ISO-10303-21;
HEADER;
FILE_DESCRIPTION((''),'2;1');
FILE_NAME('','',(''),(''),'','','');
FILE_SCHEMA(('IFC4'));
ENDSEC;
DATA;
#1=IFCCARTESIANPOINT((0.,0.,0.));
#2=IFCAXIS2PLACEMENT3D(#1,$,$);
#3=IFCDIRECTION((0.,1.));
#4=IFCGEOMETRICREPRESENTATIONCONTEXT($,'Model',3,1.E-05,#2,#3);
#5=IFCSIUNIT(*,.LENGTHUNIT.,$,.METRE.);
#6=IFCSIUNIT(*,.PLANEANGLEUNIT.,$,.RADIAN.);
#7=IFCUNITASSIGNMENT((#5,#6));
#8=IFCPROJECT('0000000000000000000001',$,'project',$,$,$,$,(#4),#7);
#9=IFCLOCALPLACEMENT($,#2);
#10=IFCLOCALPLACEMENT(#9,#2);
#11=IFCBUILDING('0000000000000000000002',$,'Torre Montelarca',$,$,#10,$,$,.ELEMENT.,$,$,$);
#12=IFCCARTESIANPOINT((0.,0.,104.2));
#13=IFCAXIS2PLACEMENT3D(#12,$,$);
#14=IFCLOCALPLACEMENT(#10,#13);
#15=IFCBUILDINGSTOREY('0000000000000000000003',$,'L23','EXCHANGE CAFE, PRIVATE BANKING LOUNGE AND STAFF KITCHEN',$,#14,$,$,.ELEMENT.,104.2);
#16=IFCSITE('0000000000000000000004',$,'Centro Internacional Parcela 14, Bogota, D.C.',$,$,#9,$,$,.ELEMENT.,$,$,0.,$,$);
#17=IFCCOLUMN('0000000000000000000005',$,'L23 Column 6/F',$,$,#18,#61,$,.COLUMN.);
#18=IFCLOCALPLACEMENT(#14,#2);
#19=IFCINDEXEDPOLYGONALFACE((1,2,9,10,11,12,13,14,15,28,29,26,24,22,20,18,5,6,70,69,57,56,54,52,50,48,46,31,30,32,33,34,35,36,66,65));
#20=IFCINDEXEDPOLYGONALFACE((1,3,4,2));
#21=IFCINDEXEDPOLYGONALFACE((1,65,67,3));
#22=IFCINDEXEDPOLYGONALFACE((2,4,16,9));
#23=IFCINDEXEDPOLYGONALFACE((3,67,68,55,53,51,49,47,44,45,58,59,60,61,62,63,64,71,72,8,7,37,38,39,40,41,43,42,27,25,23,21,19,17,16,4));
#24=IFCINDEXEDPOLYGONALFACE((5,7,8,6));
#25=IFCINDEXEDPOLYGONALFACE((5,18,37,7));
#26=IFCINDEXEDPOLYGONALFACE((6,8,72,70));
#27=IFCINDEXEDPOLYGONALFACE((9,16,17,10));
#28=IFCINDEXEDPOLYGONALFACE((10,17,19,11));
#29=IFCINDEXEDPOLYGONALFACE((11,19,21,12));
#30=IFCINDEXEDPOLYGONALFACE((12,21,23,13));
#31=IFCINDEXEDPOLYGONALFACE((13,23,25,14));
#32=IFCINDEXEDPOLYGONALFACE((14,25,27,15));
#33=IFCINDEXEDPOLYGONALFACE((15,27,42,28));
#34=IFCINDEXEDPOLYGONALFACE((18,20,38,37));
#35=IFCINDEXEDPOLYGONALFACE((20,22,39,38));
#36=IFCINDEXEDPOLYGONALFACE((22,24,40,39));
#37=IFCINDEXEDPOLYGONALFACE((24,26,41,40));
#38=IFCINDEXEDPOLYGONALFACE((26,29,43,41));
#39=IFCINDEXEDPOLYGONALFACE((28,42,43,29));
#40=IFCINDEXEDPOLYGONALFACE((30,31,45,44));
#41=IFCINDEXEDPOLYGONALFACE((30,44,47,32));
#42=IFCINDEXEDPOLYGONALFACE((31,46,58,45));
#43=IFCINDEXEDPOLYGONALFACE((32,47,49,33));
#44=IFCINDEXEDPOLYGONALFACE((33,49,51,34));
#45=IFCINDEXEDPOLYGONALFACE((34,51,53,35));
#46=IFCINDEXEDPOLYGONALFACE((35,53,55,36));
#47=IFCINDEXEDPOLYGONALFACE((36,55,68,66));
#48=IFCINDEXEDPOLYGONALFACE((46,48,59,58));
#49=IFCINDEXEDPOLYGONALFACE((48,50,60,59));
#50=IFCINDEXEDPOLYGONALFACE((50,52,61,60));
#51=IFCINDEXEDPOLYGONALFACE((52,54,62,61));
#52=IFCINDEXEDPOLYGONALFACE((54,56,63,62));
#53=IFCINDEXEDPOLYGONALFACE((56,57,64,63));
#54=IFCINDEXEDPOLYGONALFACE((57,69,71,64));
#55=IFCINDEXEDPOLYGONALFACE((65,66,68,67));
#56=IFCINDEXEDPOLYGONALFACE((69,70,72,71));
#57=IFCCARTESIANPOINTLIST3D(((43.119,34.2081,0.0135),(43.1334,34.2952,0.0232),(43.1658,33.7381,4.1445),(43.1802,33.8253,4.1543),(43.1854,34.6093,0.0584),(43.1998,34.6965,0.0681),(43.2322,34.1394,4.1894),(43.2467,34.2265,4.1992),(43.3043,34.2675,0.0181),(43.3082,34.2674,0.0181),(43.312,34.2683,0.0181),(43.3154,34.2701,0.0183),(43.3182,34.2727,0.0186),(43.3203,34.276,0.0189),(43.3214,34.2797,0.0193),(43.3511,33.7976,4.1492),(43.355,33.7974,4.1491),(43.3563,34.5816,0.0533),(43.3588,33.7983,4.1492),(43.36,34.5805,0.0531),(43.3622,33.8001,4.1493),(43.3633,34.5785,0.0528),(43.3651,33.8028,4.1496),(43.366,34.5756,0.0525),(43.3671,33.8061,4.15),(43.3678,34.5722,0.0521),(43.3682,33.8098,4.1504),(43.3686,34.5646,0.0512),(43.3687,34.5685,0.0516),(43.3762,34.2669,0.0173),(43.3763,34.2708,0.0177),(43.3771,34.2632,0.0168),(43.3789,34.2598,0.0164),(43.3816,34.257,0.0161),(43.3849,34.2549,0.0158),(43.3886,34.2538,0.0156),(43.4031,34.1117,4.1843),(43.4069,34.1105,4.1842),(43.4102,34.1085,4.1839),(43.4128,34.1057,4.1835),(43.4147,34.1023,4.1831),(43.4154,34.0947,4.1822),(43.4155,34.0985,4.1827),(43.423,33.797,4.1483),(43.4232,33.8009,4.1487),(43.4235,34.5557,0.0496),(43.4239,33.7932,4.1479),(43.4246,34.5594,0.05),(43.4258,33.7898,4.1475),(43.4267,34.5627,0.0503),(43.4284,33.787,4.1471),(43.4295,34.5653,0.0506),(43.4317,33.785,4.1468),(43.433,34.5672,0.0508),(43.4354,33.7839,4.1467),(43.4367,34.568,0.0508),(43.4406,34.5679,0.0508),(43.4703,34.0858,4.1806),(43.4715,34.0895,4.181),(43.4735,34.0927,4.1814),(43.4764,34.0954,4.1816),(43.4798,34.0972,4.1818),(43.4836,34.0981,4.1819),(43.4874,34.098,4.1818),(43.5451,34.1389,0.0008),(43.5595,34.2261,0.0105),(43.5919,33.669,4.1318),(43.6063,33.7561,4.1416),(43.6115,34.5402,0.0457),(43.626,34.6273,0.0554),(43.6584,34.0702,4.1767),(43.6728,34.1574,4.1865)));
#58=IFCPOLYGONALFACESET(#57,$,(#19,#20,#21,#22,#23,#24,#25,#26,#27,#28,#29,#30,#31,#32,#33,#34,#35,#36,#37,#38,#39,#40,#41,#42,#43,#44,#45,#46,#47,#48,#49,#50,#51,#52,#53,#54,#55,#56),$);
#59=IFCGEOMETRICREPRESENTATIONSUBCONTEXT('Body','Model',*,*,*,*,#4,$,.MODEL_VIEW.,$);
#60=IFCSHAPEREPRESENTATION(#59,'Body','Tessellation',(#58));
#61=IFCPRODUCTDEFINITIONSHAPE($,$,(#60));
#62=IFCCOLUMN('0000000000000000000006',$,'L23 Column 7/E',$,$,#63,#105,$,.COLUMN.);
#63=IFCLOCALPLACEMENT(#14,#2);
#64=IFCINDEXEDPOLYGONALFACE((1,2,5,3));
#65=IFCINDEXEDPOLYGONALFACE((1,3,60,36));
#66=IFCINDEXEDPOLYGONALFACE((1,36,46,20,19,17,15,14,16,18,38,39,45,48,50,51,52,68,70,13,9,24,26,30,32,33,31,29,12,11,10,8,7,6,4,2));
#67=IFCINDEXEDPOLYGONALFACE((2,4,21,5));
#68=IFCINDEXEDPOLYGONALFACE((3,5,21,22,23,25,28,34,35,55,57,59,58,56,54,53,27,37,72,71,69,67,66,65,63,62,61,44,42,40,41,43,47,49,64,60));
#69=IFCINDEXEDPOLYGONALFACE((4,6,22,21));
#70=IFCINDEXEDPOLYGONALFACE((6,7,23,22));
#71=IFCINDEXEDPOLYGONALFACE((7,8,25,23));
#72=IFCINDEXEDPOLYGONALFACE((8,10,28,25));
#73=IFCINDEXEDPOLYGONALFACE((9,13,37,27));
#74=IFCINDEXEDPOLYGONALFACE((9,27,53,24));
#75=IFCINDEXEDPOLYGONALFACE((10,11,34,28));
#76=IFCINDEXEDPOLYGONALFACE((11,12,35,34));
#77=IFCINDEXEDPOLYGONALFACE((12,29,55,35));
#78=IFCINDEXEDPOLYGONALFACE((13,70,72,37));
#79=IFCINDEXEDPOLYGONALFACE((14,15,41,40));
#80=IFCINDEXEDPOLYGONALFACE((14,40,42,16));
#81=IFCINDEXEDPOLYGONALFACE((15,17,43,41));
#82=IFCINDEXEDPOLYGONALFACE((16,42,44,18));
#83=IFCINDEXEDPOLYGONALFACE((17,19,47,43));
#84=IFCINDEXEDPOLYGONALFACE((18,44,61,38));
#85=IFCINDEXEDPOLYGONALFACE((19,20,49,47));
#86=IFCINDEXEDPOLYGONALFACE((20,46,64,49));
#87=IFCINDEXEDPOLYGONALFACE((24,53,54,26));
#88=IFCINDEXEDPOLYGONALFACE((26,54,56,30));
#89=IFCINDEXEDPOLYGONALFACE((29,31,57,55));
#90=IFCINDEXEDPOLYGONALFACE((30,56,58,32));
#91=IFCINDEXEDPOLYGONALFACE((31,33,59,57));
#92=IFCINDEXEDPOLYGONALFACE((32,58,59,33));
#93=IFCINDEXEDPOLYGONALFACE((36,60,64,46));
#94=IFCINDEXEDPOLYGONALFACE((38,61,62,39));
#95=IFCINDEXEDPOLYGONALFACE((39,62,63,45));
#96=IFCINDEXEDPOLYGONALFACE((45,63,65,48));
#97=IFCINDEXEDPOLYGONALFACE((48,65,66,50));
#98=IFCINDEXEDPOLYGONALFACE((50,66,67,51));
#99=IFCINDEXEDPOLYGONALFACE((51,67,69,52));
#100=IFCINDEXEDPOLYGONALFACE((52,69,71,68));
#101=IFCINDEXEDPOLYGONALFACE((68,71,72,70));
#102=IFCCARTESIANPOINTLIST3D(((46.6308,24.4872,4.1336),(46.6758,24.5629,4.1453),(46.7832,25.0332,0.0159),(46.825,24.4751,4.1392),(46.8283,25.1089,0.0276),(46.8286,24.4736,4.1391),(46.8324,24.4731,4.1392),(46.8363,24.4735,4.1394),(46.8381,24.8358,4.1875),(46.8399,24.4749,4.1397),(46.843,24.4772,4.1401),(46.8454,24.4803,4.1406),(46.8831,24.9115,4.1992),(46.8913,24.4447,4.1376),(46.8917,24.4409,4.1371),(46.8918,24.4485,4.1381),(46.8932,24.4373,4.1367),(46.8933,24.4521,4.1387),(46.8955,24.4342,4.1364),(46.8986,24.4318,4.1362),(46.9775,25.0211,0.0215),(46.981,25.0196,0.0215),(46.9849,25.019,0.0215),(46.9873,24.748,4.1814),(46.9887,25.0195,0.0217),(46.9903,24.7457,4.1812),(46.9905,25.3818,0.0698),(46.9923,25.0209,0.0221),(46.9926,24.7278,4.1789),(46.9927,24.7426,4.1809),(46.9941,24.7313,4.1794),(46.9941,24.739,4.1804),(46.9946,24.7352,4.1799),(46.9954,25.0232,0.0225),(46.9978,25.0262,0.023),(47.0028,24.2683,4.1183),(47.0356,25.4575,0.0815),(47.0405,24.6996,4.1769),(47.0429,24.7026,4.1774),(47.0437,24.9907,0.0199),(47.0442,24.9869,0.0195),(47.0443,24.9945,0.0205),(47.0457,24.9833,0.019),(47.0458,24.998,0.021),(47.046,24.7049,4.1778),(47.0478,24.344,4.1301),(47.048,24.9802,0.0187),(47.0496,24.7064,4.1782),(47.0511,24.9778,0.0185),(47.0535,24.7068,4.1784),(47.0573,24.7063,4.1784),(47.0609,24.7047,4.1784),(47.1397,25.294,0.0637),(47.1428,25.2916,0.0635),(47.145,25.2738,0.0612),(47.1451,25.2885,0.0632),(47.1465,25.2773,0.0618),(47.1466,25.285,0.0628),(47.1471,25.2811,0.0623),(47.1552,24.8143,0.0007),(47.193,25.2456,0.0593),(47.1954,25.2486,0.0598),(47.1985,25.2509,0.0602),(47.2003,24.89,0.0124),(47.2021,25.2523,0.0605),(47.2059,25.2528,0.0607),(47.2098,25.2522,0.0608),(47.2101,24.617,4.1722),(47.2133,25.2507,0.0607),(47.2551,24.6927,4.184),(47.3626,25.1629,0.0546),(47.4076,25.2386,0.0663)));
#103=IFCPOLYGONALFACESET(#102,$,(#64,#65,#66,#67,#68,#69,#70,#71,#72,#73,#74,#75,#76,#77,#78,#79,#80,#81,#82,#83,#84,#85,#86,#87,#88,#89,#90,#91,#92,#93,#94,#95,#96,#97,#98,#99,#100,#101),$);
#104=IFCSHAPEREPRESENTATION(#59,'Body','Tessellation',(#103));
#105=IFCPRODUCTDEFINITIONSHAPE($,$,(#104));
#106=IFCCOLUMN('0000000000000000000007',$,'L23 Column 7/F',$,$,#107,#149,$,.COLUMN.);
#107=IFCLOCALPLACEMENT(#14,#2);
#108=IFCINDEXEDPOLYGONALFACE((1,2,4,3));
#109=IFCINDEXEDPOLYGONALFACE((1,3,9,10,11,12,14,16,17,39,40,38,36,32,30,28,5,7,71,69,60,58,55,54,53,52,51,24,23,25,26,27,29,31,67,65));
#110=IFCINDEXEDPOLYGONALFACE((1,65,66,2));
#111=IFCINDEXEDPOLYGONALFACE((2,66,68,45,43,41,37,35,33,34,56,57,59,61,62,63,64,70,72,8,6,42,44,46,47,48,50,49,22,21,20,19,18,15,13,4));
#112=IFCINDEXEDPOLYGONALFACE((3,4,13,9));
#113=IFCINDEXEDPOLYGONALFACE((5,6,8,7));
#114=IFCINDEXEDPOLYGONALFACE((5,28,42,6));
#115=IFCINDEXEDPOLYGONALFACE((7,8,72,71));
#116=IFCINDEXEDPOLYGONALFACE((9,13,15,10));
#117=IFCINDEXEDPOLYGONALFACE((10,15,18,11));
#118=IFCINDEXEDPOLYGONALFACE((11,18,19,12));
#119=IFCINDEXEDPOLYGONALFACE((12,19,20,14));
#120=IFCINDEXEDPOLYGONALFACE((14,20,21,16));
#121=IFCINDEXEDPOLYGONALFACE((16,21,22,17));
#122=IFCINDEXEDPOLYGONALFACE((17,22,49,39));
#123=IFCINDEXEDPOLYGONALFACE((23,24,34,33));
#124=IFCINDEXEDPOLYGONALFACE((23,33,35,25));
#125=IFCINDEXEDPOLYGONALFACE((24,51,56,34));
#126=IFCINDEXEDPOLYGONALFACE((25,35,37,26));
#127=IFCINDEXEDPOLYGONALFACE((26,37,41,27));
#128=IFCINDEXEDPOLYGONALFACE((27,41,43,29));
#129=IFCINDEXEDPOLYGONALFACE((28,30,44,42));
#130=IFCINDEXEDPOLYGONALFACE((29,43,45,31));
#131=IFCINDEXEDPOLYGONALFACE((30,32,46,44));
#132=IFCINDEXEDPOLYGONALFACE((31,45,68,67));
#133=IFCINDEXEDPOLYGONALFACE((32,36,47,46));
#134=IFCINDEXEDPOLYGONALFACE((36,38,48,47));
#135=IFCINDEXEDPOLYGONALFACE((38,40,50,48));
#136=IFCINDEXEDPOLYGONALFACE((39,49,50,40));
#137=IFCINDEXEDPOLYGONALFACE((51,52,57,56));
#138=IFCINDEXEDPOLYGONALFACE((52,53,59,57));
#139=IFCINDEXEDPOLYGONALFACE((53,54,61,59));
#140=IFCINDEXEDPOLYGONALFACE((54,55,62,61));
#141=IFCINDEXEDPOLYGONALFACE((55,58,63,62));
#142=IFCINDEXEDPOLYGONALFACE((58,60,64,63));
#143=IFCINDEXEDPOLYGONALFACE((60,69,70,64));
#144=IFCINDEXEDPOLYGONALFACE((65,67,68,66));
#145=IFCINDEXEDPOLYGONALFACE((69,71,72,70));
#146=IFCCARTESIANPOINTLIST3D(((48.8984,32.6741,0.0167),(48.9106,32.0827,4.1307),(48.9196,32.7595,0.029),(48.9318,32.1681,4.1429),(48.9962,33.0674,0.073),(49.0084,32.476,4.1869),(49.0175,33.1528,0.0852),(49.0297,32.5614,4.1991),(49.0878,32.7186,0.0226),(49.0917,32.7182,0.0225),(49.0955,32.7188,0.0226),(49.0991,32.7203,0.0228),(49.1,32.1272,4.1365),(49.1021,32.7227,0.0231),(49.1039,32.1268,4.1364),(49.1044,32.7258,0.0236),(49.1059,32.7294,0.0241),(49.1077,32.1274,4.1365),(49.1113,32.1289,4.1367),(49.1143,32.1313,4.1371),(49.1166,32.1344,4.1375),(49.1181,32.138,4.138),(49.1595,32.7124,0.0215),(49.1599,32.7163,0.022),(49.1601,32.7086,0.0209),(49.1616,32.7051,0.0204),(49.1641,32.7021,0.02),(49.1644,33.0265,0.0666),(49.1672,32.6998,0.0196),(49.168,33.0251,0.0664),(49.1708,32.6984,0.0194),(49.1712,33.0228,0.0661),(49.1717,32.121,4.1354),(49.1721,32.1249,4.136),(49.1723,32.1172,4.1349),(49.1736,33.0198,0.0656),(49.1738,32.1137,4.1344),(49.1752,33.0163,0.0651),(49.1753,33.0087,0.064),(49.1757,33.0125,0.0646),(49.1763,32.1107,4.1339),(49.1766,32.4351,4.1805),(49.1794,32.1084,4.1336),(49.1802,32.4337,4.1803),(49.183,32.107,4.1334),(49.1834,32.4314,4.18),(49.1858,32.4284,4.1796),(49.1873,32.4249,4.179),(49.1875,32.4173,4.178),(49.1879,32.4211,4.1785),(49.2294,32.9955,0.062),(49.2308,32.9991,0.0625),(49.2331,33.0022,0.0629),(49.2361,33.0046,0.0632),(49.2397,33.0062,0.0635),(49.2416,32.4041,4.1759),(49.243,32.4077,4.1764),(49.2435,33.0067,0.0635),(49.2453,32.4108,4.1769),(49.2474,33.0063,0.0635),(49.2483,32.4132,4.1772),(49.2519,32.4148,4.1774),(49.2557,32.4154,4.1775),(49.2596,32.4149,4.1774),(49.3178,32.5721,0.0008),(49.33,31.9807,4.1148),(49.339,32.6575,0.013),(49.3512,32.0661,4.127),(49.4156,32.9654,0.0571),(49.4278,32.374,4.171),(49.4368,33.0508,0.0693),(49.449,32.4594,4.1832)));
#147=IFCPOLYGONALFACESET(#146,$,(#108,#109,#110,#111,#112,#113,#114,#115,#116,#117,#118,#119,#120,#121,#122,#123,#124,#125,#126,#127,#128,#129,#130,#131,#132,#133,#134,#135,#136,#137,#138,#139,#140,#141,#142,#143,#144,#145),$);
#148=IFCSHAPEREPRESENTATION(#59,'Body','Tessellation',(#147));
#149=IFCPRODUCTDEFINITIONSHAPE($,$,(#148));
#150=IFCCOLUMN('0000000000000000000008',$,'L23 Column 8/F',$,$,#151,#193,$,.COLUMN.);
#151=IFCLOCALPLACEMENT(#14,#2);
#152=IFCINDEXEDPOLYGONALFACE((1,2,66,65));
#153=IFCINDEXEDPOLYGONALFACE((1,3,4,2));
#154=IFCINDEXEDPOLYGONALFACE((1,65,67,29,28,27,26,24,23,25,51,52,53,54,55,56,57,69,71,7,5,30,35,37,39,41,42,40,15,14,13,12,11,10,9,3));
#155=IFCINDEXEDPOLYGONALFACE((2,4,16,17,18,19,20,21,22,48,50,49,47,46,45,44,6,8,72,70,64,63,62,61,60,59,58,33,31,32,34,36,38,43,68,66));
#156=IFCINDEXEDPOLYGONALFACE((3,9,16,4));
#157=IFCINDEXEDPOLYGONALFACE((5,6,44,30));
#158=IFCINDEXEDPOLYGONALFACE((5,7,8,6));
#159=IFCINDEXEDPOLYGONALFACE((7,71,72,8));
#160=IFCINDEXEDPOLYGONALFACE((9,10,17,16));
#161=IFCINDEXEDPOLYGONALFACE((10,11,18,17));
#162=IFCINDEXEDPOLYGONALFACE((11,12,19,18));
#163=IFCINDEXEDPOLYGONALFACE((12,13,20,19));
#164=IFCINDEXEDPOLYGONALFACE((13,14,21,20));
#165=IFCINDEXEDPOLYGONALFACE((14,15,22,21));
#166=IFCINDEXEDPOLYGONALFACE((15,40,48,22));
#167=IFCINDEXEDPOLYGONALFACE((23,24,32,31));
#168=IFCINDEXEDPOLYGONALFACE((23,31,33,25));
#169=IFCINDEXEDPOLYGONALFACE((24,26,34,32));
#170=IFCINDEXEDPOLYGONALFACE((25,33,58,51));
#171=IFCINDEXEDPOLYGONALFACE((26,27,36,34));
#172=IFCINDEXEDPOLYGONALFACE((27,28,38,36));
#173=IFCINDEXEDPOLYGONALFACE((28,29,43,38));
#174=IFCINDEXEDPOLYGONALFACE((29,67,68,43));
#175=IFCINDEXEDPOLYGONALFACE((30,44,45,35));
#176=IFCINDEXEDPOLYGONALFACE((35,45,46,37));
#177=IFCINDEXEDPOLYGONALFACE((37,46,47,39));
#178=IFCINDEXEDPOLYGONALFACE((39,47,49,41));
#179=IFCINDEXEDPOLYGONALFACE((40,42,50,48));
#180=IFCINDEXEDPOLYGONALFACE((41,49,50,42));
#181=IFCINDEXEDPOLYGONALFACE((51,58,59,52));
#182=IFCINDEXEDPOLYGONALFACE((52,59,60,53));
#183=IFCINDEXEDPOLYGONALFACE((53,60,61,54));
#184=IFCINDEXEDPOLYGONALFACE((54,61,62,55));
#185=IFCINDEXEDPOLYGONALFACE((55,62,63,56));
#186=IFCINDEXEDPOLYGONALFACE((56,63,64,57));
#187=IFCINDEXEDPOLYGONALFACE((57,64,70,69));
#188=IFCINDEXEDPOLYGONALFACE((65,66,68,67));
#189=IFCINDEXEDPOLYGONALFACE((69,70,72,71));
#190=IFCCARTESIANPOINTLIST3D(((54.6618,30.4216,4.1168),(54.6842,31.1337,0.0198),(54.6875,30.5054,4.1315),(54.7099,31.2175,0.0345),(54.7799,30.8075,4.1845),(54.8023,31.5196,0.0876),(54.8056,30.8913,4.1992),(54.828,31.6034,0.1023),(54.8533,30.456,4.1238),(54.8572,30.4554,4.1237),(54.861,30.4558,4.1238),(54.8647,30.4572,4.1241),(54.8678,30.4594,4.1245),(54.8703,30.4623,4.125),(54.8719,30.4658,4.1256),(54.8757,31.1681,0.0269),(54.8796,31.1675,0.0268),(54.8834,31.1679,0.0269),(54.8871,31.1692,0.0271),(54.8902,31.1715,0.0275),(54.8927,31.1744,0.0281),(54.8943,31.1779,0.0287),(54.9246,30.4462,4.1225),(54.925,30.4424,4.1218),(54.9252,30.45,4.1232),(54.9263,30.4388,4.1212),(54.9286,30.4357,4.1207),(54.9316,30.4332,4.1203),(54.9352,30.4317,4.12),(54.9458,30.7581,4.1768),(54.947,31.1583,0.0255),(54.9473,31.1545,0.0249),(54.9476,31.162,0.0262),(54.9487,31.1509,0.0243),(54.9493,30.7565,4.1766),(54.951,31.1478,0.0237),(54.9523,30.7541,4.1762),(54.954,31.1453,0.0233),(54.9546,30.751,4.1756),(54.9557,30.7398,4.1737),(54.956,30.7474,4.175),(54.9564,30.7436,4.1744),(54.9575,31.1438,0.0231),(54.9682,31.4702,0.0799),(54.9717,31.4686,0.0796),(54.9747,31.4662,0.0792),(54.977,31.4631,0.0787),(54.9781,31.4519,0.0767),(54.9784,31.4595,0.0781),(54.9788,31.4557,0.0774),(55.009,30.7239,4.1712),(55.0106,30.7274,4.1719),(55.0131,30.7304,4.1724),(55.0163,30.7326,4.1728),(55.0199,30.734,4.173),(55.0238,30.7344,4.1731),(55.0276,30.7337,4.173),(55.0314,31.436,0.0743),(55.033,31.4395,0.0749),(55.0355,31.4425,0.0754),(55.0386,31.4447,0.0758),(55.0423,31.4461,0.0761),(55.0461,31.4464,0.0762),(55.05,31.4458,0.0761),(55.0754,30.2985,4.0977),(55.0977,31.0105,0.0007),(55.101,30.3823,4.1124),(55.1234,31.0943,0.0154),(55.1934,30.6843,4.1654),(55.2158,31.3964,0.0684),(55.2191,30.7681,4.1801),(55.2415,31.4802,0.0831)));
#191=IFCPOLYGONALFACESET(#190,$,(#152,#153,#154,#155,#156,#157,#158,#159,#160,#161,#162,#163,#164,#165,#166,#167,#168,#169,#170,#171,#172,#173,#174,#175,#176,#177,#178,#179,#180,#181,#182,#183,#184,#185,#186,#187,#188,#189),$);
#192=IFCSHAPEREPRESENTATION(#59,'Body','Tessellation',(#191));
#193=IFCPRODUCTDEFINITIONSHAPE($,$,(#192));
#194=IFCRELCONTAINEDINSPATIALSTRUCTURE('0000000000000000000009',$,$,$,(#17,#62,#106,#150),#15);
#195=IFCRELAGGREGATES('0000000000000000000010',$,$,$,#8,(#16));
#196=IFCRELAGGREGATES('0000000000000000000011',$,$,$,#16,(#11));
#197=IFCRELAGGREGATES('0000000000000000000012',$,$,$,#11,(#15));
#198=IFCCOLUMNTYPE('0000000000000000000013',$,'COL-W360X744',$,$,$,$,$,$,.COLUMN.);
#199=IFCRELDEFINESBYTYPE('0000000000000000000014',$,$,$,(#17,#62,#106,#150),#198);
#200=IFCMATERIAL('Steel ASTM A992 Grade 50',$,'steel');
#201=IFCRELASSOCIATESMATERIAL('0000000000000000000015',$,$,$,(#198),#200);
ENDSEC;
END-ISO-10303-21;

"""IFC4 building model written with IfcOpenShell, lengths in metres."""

from ifc_helpers import new_model, si_unit, direction, frame, origin, origin_2d, place, context, subcontext, project, spatial, i_section, extrude, clip, halfspace, material, material_profile, profile_set, type_object, element, save


model = new_model("IFC4")

# Units and contexts
model_context = context("Model", 3, precision=1e-05, world=origin(), true_north=direction((0.0, 1.0)))
body_context = subcontext(model_context, "Body", "Model", "MODEL_VIEW")
ifc_project = project(units=[si_unit("LENGTHUNIT", "METRE"), si_unit("PLANEANGLEUNIT", "RADIAN")], contexts=[model_context])

# Site, building, storey
site_placement = place(None, origin())
site = spatial("IfcSite", under=ifc_project, at=site_placement, Name="Centro Internacional Parcela 14, Bogota, D.C.", CompositionType="ELEMENT", RefElevation=0.0)
building_placement = place(site_placement, origin())
building = spatial("IfcBuilding", under=site, at=building_placement, Name="Torre Montelarca", CompositionType="ELEMENT")
storey_placement = place(building_placement, frame((0.0, 0.0, 104.2)))
storey = spatial("IfcBuildingStorey", under=building, at=storey_placement, Name="L23", Description="EXCHANGE CAFE, PRIVATE BANKING LOUNGE AND STAFF KITCHEN", CompositionType="ELEMENT", Elevation=104.2)

# Columns
ifc_material_1 = material(Name="Steel ASTM A992 Grade 50", Category="steel")
ifc_material_profile_1 = material_profile(ifc_material_1, i_section(OverallWidth=0.4319, OverallDepth=0.498, WebThickness=0.0557, FlangeThickness=0.0889, FilletRadius=0.0149, at=origin_2d()), Name="W360X744", Category="steel")
ifc_profile_set_1 = profile_set([ifc_material_profile_1], Name="Steel ASTM A992 Grade 50")
column_type_1 = type_object("IfcColumnType", Name="COL-W360X744", PredefinedType="COLUMN", material=ifc_profile_set_1)
column_1_placement = place(storey_placement, frame((43.3721, 34.4216, 0.0), z_axis=(0.011262, -0.113023, 0.993529), x_axis=(-0.986662, 0.160104, 0.029397)))
element("IfcColumn", 1, at=column_1_placement, inside=storey, type_object=column_type_1, Name="L23 Column 6/F", PredefinedType="COLUMN", context=body_context, shape_type="Clipping", body=[
    clip(clip(extrude(i_section(OverallWidth=0.4319, OverallDepth=0.498, WebThickness=0.0557, FlangeThickness=0.0889, FilletRadius=0.0149, at=origin_2d()), origin(), (0.0, 0.0, 1.0), 4.2273), halfspace(frame((0.0, 0.0, 0.0347), z_axis=(0.0, 0.0, -1.0), x_axis=(1.0, 0.0, 0.0)), False)), halfspace(frame((0.0, 0.0, 4.1926), z_axis=(0.0, 0.0, 1.0), x_axis=(1.0, 0.0, 0.0)), False)),
])
column_2_placement = place(storey_placement, frame((47.0969, 25.1414, 0.0), z_axis=(-0.036682, -0.131354, 0.990657), x_axis=(-0.861365, 0.506759, 0.035298)))
element("IfcColumn", 2, at=column_2_placement, inside=storey, type_object=column_type_1, Name="L23 Column 7/E", PredefinedType="COLUMN", context=body_context, shape_type="Clipping", body=[
    clip(clip(extrude(i_section(OverallWidth=0.4319, OverallDepth=0.498, WebThickness=0.0557, FlangeThickness=0.0889, FilletRadius=0.0149, at=origin_2d()), origin(), (0.0, 0.0, 1.0), 4.2395), halfspace(frame((0.0, 0.0, 0.0415), z_axis=(0.0, 0.0, -1.0), x_axis=(1.0, 0.0, 0.0)), False)), halfspace(frame((0.0, 0.0, 4.198), z_axis=(0.0, 0.0, 1.0), x_axis=(1.0, 0.0, 0.0)), False)),
])
column_3_placement = place(storey_placement, frame((49.1675, 32.8687, 0.0), z_axis=(0.002934, -0.142291, 0.989821), x_axis=(-0.971003, 0.236214, 0.036835)))
element("IfcColumn", 3, at=column_3_placement, inside=storey, type_object=column_type_1, Name="L23 Column 7/F", PredefinedType="COLUMN", context=body_context, shape_type="Clipping", body=[
    clip(clip(extrude(i_section(OverallWidth=0.4319, OverallDepth=0.498, WebThickness=0.0557, FlangeThickness=0.0889, FilletRadius=0.0149, at=origin_2d()), origin(), (0.0, 0.0, 1.0), 4.2432), halfspace(frame((0.0, 0.0, 0.0435), z_axis=(0.0, 0.0, -1.0), x_axis=(1.0, 0.0, 0.0)), False)), halfspace(frame((0.0, 0.0, 4.1997), z_axis=(0.0, 0.0, 1.0), x_axis=(1.0, 0.0, 0.0)), False)),
])
column_4_placement = place(storey_placement, frame((54.9631, 31.3159, 0.0), z_axis=(-0.005383, -0.171237, 0.985215), x_axis=(-0.957436, 0.285218, 0.044341)))
element("IfcColumn", 4, at=column_4_placement, inside=storey, type_object=column_type_1, Name="L23 Column 8/F", PredefinedType="COLUMN", context=body_context, shape_type="Clipping", body=[
    clip(clip(extrude(i_section(OverallWidth=0.4319, OverallDepth=0.498, WebThickness=0.0557, FlangeThickness=0.0889, FilletRadius=0.0149, at=origin_2d()), origin(), (0.0, 0.0, 1.0), 4.2629), halfspace(frame((0.0, 0.0, 0.0522), z_axis=(0.0, 0.0, -1.0), x_axis=(1.0, 0.0, 0.0)), False)), halfspace(frame((0.0, 0.0, 4.2107), z_axis=(0.0, 0.0, 1.0), x_axis=(1.0, 0.0, 0.0)), False)),
])

save(model, "model.ifc")
